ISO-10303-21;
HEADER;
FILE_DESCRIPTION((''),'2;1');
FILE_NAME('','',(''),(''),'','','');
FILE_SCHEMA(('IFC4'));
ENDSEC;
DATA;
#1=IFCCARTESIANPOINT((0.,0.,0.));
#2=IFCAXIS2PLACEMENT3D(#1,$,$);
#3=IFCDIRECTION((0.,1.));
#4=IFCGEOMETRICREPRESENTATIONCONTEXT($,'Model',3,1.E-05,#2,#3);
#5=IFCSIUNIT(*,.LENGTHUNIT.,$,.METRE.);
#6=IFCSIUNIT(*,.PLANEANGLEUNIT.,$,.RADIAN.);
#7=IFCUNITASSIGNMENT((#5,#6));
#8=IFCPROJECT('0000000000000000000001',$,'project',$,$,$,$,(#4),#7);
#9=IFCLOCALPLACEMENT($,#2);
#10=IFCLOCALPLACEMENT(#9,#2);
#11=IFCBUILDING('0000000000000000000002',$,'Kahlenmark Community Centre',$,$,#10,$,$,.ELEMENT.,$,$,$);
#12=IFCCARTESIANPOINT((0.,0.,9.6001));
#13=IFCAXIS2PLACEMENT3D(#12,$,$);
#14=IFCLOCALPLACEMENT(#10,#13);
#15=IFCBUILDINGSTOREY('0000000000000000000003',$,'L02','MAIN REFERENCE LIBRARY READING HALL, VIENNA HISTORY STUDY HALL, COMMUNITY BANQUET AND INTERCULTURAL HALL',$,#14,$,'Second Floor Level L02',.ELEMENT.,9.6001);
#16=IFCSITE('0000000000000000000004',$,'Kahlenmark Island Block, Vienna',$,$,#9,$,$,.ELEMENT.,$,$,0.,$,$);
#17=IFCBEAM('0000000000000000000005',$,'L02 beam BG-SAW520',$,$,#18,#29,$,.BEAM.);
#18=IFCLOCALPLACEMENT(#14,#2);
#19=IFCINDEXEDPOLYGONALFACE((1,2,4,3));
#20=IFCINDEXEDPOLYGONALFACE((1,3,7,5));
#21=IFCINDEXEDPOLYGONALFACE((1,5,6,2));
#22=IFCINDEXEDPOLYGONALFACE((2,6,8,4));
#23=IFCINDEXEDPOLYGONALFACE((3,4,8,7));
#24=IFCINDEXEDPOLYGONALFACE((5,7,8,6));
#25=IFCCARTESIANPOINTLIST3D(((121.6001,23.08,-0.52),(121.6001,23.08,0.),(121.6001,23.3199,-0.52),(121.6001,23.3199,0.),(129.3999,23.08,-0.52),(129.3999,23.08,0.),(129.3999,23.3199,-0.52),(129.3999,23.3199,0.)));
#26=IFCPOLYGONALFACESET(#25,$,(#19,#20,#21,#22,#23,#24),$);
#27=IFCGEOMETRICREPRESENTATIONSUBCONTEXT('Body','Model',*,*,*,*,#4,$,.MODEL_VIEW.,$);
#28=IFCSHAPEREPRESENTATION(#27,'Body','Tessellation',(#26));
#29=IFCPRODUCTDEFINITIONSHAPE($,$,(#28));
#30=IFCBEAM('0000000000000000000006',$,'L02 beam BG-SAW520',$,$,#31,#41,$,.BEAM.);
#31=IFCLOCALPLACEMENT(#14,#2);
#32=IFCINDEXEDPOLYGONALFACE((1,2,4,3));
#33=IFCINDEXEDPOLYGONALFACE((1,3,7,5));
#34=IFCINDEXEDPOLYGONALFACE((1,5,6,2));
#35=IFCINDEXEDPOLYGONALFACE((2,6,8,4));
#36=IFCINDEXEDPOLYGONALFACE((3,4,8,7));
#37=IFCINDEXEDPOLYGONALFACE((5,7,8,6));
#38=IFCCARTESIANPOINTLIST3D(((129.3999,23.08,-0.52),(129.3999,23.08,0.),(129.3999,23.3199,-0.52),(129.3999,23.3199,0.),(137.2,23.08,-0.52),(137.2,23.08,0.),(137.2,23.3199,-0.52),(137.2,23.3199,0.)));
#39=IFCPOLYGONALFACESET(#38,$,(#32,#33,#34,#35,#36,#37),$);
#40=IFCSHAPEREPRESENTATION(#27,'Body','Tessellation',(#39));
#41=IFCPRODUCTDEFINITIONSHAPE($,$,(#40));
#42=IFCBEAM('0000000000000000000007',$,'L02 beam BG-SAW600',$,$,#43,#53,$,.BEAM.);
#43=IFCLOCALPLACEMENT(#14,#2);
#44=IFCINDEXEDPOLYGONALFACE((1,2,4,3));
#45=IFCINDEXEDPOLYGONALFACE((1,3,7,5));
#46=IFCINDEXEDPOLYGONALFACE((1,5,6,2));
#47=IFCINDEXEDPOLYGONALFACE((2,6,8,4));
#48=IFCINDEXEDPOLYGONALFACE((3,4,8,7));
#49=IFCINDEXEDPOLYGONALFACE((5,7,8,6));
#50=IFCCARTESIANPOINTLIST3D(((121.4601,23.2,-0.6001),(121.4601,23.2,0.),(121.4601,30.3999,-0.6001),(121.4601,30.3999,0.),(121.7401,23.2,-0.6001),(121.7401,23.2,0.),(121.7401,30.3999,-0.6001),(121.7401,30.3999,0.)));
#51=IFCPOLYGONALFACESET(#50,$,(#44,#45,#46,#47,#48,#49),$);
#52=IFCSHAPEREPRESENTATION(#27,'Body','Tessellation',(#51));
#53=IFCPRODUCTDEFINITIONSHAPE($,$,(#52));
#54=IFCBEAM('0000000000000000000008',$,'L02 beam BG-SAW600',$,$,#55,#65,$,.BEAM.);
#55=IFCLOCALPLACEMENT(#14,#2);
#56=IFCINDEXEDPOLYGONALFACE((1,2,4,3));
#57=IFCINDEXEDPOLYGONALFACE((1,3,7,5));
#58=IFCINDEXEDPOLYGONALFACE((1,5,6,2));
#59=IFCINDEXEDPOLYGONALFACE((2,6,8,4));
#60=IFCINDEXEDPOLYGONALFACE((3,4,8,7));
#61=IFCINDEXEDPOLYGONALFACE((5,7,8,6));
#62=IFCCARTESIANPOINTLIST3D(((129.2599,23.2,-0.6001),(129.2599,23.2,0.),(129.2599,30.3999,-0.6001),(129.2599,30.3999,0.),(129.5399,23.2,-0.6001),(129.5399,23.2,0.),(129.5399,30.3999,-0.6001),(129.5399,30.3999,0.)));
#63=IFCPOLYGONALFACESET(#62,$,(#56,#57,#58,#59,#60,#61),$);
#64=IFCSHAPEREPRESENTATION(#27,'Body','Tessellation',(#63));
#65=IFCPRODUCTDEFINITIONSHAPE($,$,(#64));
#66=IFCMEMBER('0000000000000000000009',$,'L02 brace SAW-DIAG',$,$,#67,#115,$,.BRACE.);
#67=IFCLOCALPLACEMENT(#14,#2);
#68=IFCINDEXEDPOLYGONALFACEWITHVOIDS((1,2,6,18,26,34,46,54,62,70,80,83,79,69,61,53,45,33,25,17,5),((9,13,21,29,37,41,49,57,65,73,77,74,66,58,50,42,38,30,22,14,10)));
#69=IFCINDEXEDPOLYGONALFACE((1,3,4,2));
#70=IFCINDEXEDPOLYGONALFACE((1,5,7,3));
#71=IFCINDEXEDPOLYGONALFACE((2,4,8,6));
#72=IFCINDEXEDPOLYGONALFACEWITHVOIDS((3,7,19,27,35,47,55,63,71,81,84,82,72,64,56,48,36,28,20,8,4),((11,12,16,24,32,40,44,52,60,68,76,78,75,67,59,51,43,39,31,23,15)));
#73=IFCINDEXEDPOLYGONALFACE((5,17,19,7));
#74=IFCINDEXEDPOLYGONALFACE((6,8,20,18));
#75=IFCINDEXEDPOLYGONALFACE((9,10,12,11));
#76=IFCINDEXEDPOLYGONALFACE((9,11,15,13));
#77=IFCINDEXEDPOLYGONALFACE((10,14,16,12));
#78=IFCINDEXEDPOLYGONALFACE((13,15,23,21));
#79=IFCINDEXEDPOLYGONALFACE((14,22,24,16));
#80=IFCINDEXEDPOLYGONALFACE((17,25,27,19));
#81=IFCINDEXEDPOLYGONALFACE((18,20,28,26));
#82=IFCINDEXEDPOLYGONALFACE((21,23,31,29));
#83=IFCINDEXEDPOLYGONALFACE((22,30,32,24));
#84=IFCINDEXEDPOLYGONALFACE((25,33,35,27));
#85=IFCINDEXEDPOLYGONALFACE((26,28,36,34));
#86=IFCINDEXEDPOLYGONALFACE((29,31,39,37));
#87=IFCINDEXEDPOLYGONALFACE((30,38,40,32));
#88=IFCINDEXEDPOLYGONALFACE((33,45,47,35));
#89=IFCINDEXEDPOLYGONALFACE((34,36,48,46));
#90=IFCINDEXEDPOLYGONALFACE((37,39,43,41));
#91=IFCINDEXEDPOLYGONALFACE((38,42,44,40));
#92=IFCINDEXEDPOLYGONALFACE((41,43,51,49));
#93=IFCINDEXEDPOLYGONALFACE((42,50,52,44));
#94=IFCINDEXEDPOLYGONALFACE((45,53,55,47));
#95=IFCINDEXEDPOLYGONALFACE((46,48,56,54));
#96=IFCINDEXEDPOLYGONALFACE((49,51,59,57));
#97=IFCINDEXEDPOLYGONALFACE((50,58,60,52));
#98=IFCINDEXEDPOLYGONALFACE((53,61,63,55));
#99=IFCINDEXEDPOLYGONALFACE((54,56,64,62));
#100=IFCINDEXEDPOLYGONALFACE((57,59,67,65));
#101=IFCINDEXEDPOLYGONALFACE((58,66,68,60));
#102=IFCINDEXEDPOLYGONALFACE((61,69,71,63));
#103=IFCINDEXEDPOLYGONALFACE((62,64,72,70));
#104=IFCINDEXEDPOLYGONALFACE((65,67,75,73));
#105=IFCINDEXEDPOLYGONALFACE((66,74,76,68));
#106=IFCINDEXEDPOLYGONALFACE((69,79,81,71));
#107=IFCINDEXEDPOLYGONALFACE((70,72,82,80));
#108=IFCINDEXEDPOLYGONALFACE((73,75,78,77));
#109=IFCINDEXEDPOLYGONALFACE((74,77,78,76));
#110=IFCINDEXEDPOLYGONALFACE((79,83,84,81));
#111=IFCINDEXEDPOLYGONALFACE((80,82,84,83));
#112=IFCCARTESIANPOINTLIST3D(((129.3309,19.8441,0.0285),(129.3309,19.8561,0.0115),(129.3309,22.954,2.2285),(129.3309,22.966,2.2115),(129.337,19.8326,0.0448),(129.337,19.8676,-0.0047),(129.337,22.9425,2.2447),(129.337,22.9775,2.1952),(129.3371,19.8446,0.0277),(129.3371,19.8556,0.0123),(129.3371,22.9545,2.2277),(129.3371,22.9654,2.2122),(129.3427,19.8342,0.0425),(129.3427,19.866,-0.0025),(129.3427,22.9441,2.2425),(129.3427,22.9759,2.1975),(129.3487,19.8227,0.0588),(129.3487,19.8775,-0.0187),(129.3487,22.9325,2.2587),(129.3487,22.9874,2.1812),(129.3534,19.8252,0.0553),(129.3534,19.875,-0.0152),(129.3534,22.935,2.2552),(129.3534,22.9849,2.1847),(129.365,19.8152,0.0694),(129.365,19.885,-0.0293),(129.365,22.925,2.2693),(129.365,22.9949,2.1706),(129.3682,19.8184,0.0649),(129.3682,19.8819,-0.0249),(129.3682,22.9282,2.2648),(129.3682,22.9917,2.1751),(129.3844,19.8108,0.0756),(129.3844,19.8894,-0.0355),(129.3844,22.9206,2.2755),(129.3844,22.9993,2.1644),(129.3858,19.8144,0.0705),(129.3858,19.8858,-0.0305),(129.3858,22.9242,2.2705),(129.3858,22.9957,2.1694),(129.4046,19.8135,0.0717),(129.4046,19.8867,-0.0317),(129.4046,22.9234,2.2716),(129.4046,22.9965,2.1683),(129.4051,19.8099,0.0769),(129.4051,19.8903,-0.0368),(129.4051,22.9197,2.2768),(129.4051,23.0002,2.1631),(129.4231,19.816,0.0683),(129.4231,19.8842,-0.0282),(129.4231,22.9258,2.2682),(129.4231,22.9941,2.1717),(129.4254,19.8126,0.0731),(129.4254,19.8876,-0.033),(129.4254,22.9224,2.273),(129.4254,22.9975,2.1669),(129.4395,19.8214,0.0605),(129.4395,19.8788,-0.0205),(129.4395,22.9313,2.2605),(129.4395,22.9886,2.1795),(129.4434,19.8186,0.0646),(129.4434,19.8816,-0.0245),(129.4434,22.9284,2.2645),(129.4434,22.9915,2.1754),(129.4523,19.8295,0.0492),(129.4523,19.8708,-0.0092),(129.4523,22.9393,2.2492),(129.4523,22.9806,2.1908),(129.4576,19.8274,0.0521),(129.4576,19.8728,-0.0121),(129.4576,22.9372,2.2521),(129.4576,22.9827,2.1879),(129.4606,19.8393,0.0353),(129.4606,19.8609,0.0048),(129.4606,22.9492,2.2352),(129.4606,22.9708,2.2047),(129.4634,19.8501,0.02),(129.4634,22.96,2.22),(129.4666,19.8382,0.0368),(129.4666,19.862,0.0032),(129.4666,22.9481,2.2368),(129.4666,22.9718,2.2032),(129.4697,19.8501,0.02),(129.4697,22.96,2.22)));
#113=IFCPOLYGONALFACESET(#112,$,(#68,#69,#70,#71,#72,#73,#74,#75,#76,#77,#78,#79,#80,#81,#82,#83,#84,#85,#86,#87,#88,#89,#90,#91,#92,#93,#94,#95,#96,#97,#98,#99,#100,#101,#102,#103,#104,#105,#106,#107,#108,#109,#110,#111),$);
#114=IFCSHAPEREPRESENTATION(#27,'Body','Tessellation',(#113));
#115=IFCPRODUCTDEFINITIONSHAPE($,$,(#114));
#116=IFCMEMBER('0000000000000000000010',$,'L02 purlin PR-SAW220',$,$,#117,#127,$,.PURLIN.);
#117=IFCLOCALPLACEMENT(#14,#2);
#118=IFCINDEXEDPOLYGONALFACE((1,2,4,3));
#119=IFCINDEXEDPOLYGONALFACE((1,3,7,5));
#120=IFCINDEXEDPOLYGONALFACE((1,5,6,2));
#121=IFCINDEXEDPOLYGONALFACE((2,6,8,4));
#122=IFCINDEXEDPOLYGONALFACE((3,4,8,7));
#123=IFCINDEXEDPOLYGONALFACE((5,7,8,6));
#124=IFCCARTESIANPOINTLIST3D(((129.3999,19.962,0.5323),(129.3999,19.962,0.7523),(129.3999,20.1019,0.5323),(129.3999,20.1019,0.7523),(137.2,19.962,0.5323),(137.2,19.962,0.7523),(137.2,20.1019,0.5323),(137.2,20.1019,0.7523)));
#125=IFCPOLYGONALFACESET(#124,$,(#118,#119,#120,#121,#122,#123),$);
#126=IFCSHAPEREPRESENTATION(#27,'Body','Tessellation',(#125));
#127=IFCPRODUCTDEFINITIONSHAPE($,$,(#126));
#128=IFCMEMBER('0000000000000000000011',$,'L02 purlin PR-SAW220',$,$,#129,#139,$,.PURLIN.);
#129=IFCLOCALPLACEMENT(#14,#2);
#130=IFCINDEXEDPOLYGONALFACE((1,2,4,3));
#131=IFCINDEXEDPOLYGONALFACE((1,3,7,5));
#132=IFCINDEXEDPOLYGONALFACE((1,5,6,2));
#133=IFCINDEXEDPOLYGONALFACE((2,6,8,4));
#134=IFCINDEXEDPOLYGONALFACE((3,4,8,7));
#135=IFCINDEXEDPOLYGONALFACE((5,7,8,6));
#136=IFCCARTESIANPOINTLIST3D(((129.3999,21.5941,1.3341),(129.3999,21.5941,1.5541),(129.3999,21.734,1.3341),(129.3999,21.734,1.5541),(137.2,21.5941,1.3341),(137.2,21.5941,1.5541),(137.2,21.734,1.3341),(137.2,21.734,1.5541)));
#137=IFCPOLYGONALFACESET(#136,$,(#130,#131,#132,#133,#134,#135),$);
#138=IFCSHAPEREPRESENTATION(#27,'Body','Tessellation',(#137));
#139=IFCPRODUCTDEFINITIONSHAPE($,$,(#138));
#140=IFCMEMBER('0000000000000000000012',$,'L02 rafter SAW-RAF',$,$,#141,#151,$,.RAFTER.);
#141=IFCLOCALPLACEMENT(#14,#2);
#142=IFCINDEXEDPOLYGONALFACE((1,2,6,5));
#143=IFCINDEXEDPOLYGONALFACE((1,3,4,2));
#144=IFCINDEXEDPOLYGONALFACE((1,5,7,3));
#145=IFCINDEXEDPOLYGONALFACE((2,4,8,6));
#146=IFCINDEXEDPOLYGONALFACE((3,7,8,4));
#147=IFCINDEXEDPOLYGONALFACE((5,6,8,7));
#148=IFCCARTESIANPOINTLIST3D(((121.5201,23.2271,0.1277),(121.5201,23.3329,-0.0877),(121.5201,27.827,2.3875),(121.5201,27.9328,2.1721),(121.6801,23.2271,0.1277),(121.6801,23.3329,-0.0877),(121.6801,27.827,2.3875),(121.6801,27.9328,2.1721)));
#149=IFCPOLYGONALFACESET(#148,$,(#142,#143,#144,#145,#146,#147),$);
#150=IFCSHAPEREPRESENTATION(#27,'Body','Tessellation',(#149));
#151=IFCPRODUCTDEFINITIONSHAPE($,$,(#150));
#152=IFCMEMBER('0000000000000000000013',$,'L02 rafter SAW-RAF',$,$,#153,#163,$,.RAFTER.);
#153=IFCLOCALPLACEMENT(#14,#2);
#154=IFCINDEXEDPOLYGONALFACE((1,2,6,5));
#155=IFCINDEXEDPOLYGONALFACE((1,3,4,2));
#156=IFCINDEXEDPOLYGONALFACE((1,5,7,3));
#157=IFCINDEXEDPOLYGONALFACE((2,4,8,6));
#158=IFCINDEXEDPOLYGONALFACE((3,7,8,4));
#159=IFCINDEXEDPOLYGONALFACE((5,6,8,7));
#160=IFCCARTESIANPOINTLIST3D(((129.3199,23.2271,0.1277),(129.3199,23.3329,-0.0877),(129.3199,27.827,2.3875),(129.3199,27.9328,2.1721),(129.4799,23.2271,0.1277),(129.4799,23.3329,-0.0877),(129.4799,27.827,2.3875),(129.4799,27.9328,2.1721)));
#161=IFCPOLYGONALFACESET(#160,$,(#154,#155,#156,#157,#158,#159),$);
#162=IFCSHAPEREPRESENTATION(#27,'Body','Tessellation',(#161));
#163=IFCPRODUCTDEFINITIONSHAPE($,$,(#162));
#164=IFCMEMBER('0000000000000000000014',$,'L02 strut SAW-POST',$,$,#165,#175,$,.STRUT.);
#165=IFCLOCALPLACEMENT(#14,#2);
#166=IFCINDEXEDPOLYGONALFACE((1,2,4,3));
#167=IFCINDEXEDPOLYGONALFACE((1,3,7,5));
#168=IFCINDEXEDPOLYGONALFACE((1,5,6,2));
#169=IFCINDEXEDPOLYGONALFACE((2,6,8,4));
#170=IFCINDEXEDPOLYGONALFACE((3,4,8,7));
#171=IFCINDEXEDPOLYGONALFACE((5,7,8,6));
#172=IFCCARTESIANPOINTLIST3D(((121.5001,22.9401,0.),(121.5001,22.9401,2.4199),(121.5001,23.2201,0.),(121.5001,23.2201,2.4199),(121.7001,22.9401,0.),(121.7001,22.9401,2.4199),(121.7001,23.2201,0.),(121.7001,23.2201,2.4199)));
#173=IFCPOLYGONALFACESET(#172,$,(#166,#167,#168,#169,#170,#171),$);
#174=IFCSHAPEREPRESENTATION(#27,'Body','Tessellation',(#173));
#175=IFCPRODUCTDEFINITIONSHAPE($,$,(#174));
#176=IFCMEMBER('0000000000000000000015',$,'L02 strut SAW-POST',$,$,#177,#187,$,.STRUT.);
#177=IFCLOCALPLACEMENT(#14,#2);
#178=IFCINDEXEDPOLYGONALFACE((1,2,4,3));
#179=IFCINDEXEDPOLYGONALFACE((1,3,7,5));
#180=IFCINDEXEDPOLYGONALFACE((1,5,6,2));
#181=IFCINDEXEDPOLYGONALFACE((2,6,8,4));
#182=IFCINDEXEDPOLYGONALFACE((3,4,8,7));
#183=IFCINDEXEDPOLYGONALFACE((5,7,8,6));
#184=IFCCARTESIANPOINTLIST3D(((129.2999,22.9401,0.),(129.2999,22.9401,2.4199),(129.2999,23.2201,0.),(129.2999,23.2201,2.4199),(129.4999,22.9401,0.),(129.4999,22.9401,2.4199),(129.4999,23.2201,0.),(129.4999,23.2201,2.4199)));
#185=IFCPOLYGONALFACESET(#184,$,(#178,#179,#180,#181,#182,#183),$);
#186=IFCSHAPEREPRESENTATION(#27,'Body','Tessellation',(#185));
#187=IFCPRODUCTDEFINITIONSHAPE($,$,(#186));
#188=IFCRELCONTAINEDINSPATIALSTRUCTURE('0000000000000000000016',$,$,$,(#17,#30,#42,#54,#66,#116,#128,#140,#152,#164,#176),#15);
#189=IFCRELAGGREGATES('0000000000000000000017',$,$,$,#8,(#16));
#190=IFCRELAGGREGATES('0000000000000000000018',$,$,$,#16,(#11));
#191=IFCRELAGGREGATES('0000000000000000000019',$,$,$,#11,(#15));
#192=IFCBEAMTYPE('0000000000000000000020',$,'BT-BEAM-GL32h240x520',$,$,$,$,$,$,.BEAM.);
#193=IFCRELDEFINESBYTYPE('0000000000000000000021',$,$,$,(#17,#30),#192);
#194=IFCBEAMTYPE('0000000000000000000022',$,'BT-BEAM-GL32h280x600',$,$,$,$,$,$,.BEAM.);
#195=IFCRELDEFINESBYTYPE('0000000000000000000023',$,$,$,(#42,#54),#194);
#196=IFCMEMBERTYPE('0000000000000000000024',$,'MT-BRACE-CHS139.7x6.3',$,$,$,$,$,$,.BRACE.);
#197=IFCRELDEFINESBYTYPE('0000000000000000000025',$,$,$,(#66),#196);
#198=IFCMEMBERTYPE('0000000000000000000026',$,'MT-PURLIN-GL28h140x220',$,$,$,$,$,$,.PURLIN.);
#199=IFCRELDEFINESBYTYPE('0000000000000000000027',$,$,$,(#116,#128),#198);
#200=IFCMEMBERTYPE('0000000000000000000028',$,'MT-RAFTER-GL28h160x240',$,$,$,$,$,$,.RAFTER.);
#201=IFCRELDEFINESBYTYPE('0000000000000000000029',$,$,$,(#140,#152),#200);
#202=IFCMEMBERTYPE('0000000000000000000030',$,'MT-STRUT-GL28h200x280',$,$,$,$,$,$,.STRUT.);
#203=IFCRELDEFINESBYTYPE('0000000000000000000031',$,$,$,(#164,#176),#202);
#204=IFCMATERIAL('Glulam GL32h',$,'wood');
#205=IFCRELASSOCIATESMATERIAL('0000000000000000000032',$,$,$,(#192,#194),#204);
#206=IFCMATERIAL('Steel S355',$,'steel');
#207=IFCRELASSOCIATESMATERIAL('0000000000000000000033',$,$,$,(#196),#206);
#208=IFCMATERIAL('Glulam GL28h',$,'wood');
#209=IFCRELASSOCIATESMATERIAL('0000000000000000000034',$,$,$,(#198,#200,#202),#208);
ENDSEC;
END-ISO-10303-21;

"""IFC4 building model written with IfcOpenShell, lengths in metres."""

from ifc_helpers import new_model, si_unit, direction, frame, origin, origin_2d, place, context, subcontext, project, spatial, rectangle, hollow_circle, extrude, material, material_profile, profile_set, type_object, element, save


model = new_model("IFC4")

# Units and contexts
model_context = context("Model", 3, precision=1e-05, world=origin(), true_north=direction((0.0, 1.0)))
body_context = subcontext(model_context, "Body", "Model", "MODEL_VIEW")
ifc_project = project(units=[si_unit("LENGTHUNIT", "METRE"), si_unit("PLANEANGLEUNIT", "RADIAN")], contexts=[model_context])

# Site, building, storey
site_placement = place(None, origin())
site = spatial("IfcSite", under=ifc_project, at=site_placement, Name="Kahlenmark Island Block, Vienna", CompositionType="ELEMENT", RefElevation=0.0)
building_placement = place(site_placement, origin())
building = spatial("IfcBuilding", under=site, at=building_placement, Name="Kahlenmark Community Centre", CompositionType="ELEMENT")
storey_placement = place(building_placement, frame((0.0, 0.0, 9.6001)))
storey = spatial("IfcBuildingStorey", under=building, at=storey_placement, Name="L02", Description="MAIN REFERENCE LIBRARY READING HALL, VIENNA HISTORY STUDY HALL, COMMUNITY BANQUET AND INTERCULTURAL HALL", LongName="Second Floor Level L02", CompositionType="ELEMENT", Elevation=9.6001)

# Beams
ifc_material_1 = material(Name="Glulam GL32h", Category="wood")
ifc_material_profile_1 = material_profile(ifc_material_1, rectangle(XDim=0.24, YDim=0.52, at=origin_2d()), Name="GL32h 240x520")
ifc_profile_set_1 = profile_set([ifc_material_profile_1], Name="Glulam GL32h")
beam_type_1 = type_object("IfcBeamType", Name="BT-BEAM-GL32h240x520", PredefinedType="BEAM", material=ifc_profile_set_1)
beam_1_placement = place(storey_placement, frame((121.6001, 23.2, -0.26), z_axis=(1.0, 0.0, 0.0), x_axis=(0.0, 1.0, 0.0)))
element("IfcBeam", 1, at=beam_1_placement, inside=storey, type_object=beam_type_1, Name="L02 beam BG-SAW520", PredefinedType="BEAM", context=body_context, shape_type="SweptSolid", body=[
    extrude(rectangle(XDim=0.24, YDim=0.52, at=origin_2d()), origin(), (0.0, 0.0, 1.0), 7.7998),
])
beam_2_placement = place(storey_placement, frame((129.3999, 23.2, -0.26), z_axis=(1.0, 0.0, 0.0), x_axis=(0.0, 1.0, 0.0)))
element("IfcBeam", 2, at=beam_2_placement, inside=storey, type_object=beam_type_1, Name="L02 beam BG-SAW520", PredefinedType="BEAM", context=body_context, shape_type="SweptSolid", body=[
    extrude(rectangle(XDim=0.24, YDim=0.52, at=origin_2d()), origin(), (0.0, 0.0, 1.0), 7.8),
])
ifc_material_profile_2 = material_profile(ifc_material_1, rectangle(XDim=0.28, YDim=0.6001, at=origin_2d()), Name="GL32h 280x600")
ifc_profile_set_2 = profile_set([ifc_material_profile_2], Name="Glulam GL32h")
beam_type_2 = type_object("IfcBeamType", Name="BT-BEAM-GL32h280x600", PredefinedType="BEAM", material=ifc_profile_set_2)
for number, where, z_axis, x_axis, name in (
    (3, (121.6001, 23.2, -0.3), (0.0, 1.0, 0.0), (-1.0, 0.0, 0.0), "L02 beam BG-SAW600"),
    (4, (129.3999, 23.2, -0.3), (0.0, 1.0, 0.0), (-1.0, 0.0, 0.0), "L02 beam BG-SAW600"),
):
    element("IfcBeam", number, at=place(storey_placement, frame(where, z_axis=z_axis, x_axis=x_axis)), inside=storey, type_object=beam_type_2, Name=name, PredefinedType="BEAM", context=body_context, shape_type="SweptSolid", body=[
        extrude(rectangle(XDim=0.28, YDim=0.6001, at=origin_2d()), origin(), (0.0, 0.0, 1.0), 7.2),
    ])

# Members
ifc_material_2 = material(Name="Steel S355", Category="steel")
ifc_material_profile_3 = material_profile(ifc_material_2, hollow_circle(Radius=0.0698, WallThickness=0.0063, at=origin_2d()), Name="CHS 139.7x6.3")
ifc_profile_set_3 = profile_set([ifc_material_profile_3], Name="Steel S355")
member_type_1 = type_object("IfcMemberType", Name="MT-BRACE-CHS139.7x6.3", PredefinedType="BRACE", material=ifc_profile_set_3)
member_placement = place(storey_placement, frame((129.3999, 22.96, 2.22), z_axis=(0.0, -0.81638, -0.577516), x_axis=(1.0, 0.0, 0.0)))
element("IfcMember", 5, at=member_placement, inside=storey, type_object=member_type_1, Name="L02 brace SAW-DIAG", PredefinedType="BRACE", context=body_context, shape_type="SweptSolid", body=[
    extrude(hollow_circle(Radius=0.0698, WallThickness=0.0063, at=origin_2d()), origin(), (0.0, 0.0, 1.0), 3.8093),
])
ifc_material_3 = material(Name="Glulam GL28h", Category="wood")
ifc_material_profile_4 = material_profile(ifc_material_3, rectangle(XDim=0.1399, YDim=0.22, at=origin_2d()), Name="GL28h 140x220")
ifc_profile_set_4 = profile_set([ifc_material_profile_4], Name="Glulam GL28h")
member_type_2 = type_object("IfcMemberType", Name="MT-PURLIN-GL28h140x220", PredefinedType="PURLIN", material=ifc_profile_set_4)
for number, where, z_axis, x_axis, name in (
    (6, (129.3999, 20.032, 0.6423), (1.0, 0.0, 0.0), (0.0, 1.0, 0.0), "L02 purlin PR-SAW220"),
    (7, (129.3999, 21.6641, 1.4441), (1.0, 0.0, 0.0), (0.0, 1.0, 0.0), "L02 purlin PR-SAW220"),
):
    element("IfcMember", number, at=place(storey_placement, frame(where, z_axis=z_axis, x_axis=x_axis)), inside=storey, type_object=member_type_2, Name=name, PredefinedType="PURLIN", context=body_context, shape_type="SweptSolid", body=[
        extrude(rectangle(XDim=0.1399, YDim=0.22, at=origin_2d()), origin(), (0.0, 0.0, 1.0), 7.8),
    ])
ifc_material_profile_5 = material_profile(ifc_material_3, rectangle(XDim=0.1599, YDim=0.24, at=origin_2d()), Name="GL28h 160x240")
ifc_profile_set_5 = profile_set([ifc_material_profile_5], Name="Glulam GL28h")
member_type_3 = type_object("IfcMemberType", Name="MT-RAFTER-GL28h160x240", PredefinedType="RAFTER", material=ifc_profile_set_5)
for number, where, z_axis, x_axis, name in (
    (8, (121.6001, 23.28, 0.02), (0.0, 0.89754, 0.440934), (-1.0, 0.0, 0.0), "L02 rafter SAW-RAF"),
    (9, (129.3999, 23.28, 0.02), (0.0, 0.89754, 0.440934), (-1.0, 0.0, 0.0), "L02 rafter SAW-RAF"),
):
    element("IfcMember", number, at=place(storey_placement, frame(where, z_axis=z_axis, x_axis=x_axis)), inside=storey, type_object=member_type_3, Name=name, PredefinedType="RAFTER", context=body_context, shape_type="SweptSolid", body=[
        extrude(rectangle(XDim=0.1599, YDim=0.24, at=origin_2d()), origin(), (0.0, 0.0, 1.0), 5.125),
    ])
ifc_material_profile_6 = material_profile(ifc_material_3, rectangle(XDim=0.2, YDim=0.28, at=origin_2d()), Name="GL28h 200x280")
ifc_profile_set_6 = profile_set([ifc_material_profile_6], Name="Glulam GL28h")
member_type_4 = type_object("IfcMemberType", Name="MT-STRUT-GL28h200x280", PredefinedType="STRUT", material=ifc_profile_set_6)
for number, where, z_axis, x_axis, name in (
    (10, (121.6001, 23.0801, 0.0), (0.0, 0.0, 1.0), (1.0, 0.0, 0.0), "L02 strut SAW-POST"),
    (11, (129.3999, 23.0801, 0.0), (0.0, 0.0, 1.0), (1.0, 0.0, 0.0), "L02 strut SAW-POST"),
):
    element("IfcMember", number, at=place(storey_placement, frame(where, z_axis=z_axis, x_axis=x_axis)), inside=storey, type_object=member_type_4, Name=name, PredefinedType="STRUT", context=body_context, shape_type="SweptSolid", body=[
        extrude(rectangle(XDim=0.2, YDim=0.28, at=origin_2d()), origin(), (0.0, 0.0, 1.0), 2.4199),
    ])

save(model, "model.ifc")
